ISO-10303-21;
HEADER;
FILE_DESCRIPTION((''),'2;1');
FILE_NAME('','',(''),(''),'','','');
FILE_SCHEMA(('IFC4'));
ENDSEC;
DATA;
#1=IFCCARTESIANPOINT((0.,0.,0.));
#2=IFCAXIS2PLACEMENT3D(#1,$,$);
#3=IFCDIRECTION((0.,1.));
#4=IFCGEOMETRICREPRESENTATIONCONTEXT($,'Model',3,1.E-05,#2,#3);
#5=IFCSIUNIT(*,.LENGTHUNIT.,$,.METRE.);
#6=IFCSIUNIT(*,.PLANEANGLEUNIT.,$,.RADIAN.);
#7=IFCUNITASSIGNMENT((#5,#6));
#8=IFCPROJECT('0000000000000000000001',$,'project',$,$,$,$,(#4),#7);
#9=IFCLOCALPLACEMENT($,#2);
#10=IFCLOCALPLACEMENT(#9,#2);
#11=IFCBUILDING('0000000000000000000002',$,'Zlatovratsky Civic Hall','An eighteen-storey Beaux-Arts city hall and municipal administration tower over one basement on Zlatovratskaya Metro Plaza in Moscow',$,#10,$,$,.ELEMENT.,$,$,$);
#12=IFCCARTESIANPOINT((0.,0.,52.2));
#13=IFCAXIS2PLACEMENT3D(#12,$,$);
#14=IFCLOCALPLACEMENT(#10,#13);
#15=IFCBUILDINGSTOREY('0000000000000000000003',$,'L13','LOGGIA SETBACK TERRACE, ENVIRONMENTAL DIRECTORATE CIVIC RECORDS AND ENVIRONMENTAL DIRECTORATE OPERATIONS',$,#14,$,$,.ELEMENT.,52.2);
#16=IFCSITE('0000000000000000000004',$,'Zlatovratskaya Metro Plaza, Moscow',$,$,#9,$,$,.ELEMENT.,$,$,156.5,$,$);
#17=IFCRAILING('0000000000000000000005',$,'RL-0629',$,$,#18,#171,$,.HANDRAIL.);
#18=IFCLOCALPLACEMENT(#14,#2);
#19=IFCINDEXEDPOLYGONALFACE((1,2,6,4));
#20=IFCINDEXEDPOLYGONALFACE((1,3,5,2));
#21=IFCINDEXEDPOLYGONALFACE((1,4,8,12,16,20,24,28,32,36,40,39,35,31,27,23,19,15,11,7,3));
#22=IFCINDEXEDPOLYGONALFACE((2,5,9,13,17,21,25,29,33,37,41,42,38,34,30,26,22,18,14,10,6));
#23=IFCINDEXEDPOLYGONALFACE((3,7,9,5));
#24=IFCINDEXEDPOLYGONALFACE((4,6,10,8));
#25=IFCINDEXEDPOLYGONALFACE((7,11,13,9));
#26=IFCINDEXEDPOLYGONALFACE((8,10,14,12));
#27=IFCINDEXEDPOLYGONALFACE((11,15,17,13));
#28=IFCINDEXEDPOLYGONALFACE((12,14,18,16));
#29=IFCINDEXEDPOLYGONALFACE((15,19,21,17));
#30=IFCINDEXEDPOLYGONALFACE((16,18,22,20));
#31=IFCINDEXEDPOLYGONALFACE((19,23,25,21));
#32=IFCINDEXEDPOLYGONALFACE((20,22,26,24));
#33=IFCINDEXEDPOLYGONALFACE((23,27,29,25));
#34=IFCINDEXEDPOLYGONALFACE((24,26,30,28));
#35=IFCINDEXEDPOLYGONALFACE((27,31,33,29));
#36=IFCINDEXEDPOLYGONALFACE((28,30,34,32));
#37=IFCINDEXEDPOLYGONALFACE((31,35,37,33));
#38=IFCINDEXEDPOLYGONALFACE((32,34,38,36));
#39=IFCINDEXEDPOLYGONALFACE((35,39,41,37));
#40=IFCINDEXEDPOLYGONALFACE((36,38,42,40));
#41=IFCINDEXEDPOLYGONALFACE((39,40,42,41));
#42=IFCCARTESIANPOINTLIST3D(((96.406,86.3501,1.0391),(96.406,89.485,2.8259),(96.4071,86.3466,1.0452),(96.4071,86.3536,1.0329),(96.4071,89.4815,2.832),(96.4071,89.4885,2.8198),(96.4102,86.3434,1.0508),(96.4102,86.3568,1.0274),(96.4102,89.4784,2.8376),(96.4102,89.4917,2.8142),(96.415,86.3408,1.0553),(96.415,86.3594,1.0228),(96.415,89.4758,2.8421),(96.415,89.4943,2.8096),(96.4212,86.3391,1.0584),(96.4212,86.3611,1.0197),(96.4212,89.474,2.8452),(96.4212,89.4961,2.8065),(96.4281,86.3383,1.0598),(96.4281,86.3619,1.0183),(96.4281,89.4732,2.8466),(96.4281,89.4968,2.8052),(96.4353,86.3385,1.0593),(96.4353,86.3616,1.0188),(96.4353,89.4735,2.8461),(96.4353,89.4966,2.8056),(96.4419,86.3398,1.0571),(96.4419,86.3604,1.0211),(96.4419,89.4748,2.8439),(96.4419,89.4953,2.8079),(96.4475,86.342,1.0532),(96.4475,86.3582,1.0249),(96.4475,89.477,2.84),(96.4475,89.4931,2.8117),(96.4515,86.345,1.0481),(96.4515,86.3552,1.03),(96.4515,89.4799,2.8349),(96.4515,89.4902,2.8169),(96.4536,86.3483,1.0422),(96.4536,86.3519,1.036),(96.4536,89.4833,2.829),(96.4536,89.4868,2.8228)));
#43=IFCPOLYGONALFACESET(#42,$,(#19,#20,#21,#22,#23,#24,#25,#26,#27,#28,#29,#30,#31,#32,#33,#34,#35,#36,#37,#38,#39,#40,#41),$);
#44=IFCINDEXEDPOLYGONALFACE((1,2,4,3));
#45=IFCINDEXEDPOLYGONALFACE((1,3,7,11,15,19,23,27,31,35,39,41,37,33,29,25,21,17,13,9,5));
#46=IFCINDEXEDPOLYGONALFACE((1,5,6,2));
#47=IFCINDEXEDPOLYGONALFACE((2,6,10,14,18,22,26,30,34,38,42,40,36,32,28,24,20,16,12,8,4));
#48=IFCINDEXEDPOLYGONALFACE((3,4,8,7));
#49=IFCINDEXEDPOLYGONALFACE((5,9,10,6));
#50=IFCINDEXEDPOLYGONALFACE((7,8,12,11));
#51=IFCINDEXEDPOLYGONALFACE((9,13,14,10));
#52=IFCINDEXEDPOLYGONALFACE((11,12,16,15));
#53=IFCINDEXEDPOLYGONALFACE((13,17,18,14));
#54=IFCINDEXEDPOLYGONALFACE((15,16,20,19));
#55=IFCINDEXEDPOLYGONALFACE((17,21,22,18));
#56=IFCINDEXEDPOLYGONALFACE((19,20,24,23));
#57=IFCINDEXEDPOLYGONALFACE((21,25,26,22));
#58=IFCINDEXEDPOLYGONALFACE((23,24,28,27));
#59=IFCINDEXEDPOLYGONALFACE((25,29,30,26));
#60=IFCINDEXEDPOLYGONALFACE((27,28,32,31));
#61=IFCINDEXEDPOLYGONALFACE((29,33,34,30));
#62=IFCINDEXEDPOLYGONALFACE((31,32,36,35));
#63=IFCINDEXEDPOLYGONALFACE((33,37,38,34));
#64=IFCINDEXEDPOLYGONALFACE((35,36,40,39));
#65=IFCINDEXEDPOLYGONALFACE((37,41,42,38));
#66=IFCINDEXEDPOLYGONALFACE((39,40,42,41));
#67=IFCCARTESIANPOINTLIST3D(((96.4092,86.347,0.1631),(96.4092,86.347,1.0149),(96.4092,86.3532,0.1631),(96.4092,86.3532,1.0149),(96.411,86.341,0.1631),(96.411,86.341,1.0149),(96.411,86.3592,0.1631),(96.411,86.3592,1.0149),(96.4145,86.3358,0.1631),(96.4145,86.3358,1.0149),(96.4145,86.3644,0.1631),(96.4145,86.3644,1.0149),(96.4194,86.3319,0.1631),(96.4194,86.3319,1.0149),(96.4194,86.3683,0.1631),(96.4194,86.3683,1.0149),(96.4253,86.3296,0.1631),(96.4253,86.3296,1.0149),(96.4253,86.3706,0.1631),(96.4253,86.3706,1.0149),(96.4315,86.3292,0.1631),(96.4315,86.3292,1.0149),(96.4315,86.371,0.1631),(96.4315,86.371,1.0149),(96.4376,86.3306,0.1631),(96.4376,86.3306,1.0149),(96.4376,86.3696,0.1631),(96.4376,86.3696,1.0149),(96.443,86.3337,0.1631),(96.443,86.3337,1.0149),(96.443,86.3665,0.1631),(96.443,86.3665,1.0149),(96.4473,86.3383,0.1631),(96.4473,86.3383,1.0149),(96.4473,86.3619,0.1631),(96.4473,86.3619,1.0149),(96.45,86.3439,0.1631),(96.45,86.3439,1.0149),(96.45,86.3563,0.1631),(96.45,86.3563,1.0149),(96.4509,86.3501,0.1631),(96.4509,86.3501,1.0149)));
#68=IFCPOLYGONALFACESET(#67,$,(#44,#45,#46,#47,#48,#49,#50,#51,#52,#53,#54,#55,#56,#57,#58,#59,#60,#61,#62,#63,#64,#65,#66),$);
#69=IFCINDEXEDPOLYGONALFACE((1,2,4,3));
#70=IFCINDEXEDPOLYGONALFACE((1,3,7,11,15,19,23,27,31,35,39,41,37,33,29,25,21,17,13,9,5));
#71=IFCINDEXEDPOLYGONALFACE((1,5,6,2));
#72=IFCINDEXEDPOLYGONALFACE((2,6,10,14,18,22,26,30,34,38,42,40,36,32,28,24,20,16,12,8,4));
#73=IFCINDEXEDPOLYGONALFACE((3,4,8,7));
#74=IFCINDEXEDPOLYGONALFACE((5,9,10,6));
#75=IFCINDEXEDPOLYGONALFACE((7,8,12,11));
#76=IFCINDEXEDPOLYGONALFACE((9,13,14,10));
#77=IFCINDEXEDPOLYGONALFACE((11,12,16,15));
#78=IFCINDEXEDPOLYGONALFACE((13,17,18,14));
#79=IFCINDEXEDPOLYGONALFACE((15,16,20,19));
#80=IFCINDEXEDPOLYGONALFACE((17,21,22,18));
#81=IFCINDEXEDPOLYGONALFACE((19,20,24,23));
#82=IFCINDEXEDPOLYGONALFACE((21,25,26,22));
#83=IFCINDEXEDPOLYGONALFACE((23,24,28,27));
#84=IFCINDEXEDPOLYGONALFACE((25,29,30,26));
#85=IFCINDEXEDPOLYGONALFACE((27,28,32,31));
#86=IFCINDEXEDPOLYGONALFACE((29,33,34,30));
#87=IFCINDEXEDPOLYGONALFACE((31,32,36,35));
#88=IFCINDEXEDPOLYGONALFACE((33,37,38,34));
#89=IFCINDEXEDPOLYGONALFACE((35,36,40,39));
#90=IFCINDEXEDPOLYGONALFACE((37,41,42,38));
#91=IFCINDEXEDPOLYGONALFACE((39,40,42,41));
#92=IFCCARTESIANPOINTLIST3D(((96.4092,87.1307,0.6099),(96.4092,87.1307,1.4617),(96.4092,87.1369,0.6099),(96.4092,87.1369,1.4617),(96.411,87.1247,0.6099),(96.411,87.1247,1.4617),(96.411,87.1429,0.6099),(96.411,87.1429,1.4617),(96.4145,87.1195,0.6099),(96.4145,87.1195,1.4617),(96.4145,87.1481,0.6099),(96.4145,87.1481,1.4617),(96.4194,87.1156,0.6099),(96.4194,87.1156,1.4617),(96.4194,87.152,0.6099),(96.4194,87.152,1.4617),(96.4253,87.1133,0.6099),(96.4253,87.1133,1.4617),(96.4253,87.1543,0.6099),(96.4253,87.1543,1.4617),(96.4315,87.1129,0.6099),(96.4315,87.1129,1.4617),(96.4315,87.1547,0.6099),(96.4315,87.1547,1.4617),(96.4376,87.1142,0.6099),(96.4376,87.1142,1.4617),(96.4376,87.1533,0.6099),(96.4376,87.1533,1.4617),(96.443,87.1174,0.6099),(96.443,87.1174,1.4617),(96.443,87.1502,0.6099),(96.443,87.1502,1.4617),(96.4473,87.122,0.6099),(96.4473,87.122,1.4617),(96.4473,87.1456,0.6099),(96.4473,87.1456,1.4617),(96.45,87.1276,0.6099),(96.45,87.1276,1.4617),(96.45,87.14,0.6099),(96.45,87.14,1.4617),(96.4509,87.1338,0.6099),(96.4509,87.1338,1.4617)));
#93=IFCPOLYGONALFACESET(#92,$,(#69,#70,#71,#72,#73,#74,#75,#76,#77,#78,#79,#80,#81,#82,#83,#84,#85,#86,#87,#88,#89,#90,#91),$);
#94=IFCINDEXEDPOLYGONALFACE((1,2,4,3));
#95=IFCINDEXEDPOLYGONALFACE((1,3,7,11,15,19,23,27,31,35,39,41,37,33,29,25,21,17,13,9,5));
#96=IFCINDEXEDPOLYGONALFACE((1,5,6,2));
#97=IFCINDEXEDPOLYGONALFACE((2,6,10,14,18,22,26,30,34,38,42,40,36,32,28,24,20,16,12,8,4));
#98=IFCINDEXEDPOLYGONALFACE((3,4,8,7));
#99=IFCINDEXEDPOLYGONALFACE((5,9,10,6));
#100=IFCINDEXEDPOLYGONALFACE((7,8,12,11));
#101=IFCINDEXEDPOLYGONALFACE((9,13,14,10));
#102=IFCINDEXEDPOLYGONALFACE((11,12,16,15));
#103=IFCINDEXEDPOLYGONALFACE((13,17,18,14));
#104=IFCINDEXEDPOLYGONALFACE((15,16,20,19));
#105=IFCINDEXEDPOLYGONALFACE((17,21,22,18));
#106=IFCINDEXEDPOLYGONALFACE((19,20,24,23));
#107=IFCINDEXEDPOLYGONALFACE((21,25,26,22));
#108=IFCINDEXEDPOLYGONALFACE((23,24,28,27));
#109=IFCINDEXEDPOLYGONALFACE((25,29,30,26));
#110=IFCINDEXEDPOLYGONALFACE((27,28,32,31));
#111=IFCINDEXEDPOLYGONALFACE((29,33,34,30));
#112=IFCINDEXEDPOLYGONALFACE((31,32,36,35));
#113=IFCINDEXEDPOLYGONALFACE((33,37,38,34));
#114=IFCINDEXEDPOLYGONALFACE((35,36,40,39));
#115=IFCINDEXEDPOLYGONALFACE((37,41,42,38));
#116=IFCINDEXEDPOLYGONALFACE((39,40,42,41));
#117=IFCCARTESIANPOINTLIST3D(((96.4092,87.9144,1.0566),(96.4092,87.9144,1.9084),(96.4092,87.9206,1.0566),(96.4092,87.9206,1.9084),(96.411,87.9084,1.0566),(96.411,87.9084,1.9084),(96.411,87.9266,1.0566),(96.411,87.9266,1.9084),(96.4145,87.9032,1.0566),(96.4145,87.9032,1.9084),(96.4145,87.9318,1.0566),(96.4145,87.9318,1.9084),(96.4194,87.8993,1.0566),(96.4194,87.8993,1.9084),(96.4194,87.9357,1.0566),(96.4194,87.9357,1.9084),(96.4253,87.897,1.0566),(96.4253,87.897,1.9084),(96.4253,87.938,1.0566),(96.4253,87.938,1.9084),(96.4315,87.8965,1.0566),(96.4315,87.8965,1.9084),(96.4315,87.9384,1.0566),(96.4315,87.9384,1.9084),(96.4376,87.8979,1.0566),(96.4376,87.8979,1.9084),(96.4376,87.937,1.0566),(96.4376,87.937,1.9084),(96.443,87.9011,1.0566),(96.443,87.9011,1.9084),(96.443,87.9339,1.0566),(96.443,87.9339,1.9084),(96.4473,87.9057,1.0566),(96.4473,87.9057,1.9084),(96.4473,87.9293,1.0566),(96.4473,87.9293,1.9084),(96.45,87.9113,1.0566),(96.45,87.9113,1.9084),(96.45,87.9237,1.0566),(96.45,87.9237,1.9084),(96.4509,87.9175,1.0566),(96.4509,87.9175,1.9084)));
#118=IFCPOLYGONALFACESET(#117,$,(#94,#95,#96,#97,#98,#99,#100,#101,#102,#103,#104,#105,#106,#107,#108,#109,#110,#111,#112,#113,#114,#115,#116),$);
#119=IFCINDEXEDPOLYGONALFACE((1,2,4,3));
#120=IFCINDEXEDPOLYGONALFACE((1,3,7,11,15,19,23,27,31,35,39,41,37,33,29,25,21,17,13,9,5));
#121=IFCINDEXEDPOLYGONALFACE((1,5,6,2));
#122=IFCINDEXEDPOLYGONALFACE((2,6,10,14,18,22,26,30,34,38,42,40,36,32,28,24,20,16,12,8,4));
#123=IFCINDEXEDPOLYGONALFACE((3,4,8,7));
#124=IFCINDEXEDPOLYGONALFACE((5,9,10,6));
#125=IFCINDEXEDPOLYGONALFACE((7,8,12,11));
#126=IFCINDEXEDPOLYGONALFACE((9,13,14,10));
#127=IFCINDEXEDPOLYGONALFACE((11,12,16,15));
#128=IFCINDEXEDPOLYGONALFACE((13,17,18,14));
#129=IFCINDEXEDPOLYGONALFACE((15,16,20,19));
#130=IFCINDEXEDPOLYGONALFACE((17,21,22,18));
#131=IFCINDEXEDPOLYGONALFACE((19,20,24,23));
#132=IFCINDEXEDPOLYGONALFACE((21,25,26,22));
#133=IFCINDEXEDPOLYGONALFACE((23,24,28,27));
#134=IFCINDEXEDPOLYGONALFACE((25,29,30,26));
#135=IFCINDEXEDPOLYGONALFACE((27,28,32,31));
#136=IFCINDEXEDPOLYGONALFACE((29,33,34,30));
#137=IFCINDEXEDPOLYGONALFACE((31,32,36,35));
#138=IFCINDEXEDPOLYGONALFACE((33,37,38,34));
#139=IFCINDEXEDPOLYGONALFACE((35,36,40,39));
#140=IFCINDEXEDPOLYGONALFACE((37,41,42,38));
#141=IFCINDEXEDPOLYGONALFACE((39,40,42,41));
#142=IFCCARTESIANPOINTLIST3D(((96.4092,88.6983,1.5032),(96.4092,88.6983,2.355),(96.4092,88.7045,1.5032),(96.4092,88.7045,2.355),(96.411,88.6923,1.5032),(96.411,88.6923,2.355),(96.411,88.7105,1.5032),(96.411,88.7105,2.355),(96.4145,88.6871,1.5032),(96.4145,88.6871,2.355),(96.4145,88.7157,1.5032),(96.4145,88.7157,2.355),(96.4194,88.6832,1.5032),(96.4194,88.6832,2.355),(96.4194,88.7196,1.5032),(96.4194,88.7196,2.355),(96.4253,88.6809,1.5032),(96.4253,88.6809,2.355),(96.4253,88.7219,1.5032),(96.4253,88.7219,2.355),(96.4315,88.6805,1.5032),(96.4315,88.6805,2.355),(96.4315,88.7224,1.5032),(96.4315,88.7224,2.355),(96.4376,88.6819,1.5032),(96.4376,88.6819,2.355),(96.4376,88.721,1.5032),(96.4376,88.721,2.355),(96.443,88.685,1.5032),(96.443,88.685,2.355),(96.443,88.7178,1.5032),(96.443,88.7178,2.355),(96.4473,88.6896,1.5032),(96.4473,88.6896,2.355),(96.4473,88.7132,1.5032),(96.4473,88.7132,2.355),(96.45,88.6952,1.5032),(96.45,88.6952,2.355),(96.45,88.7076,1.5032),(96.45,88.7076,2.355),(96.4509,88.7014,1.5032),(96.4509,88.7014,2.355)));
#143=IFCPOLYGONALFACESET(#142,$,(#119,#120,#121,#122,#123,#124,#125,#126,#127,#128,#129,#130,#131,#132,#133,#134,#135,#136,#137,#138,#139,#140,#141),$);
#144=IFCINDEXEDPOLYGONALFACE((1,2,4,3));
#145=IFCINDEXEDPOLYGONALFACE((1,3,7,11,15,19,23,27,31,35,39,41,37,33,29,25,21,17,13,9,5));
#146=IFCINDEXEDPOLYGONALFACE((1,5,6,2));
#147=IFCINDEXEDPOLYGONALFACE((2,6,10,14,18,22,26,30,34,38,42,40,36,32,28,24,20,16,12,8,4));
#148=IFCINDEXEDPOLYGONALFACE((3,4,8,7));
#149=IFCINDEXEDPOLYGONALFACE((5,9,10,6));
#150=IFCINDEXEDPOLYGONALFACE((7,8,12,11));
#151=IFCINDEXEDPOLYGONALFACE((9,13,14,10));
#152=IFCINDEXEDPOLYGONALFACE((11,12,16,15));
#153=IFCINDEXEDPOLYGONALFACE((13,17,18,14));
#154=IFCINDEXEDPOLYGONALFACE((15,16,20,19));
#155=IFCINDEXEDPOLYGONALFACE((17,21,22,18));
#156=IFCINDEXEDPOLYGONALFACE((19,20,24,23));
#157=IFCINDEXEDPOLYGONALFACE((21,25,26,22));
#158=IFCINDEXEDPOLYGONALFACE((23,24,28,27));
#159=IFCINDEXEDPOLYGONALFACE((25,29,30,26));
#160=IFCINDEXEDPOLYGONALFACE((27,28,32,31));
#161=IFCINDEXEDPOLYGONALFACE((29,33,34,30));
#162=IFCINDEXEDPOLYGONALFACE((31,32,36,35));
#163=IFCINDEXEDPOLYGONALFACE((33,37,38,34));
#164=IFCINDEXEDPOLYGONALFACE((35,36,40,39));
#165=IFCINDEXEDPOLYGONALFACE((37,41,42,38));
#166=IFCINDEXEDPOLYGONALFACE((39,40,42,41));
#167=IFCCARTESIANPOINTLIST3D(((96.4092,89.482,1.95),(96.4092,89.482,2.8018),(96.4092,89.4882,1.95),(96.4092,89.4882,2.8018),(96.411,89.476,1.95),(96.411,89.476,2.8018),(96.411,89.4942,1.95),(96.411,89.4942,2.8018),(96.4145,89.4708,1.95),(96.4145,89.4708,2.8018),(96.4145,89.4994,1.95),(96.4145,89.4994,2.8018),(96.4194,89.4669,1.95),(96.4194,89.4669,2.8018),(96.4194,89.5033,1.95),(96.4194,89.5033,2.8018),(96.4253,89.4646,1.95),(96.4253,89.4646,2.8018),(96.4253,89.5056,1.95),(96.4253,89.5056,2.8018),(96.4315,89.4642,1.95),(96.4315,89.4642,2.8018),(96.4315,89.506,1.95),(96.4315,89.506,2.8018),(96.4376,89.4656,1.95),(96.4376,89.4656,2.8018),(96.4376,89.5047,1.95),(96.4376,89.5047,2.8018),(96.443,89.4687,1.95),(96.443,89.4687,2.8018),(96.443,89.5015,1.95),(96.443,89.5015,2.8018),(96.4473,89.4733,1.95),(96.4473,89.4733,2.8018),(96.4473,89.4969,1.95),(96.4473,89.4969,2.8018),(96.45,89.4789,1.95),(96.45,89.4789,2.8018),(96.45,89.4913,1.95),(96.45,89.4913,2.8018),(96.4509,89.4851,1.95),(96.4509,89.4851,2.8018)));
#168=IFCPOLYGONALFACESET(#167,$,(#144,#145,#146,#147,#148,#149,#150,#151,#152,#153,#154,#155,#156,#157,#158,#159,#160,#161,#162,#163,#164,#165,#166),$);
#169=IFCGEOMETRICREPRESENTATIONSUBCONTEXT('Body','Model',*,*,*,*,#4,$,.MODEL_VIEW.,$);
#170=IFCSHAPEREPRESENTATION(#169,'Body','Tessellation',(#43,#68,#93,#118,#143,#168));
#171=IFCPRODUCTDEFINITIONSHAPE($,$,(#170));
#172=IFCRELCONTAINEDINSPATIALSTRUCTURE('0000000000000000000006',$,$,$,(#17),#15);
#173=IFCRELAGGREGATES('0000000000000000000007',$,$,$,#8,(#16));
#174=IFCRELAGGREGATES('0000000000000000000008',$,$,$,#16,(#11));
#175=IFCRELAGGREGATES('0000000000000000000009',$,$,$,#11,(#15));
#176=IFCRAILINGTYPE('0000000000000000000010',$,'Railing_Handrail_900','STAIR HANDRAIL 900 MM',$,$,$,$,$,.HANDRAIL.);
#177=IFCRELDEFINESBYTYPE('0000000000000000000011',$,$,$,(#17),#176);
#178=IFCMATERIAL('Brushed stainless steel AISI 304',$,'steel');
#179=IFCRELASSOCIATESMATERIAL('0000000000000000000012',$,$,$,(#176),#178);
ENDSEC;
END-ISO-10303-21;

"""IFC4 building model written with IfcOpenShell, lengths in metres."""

from ifc_helpers import new_model, si_unit, direction, frame, origin, origin_2d, place, context, subcontext, project, spatial, circle, extrude, material, type_object, element, save


model = new_model("IFC4")

# Units and contexts
model_context = context("Model", 3, precision=1e-05, world=origin(), true_north=direction((0.0, 1.0)))
body_context = subcontext(model_context, "Body", "Model", "MODEL_VIEW")
ifc_project = project(units=[si_unit("LENGTHUNIT", "METRE"), si_unit("PLANEANGLEUNIT", "RADIAN")], contexts=[model_context])

# Site, building, storey
site_placement = place(None, origin())
site = spatial("IfcSite", under=ifc_project, at=site_placement, Name="Zlatovratskaya Metro Plaza, Moscow", CompositionType="ELEMENT", RefElevation=156.5)
building_placement = place(site_placement, origin())
building = spatial("IfcBuilding", under=site, at=building_placement, Name="Zlatovratsky Civic Hall", Description="An eighteen-storey Beaux-Arts city hall and municipal administration tower over one basement on Zlatovratskaya Metro Plaza in Moscow", CompositionType="ELEMENT")
storey_placement = place(building_placement, frame((0.0, 0.0, 52.2)))
storey = spatial("IfcBuildingStorey", under=building, at=storey_placement, Name="L13", Description="LOGGIA SETBACK TERRACE, ENVIRONMENTAL DIRECTORATE CIVIC RECORDS AND ENVIRONMENTAL DIRECTORATE OPERATIONS", CompositionType="ELEMENT", Elevation=52.2)

# Railing
ifc_material_1 = material(Name="Brushed stainless steel AISI 304", Category="steel")
railing_type_1 = type_object("IfcRailingType", Name="Railing_Handrail_900", Description="STAIR HANDRAIL 900 MM", PredefinedType="HANDRAIL", material=ifc_material_1)
railing_1_placement = place(storey_placement, frame((96.4299, 86.3501, 0.1631)))
element("IfcRailing", 1, at=railing_1_placement, inside=storey, type_object=railing_type_1, Name="RL-0629", PredefinedType="HANDRAIL", context=body_context, shape_type="SweptSolid", body=[
    extrude(circle(Radius=0.0239, at=origin_2d()), frame((0.0, 0.0, 0.876), z_axis=(0.0, 0.868788, 0.495184), x_axis=(-1.0, 0.0, 0.0)), (0.0, 0.0, 1.0), 3.6084),
    extrude(circle(Radius=0.021, at=origin_2d()), origin(), (0.0, 0.0, 1.0), 0.8518),
    extrude(circle(Radius=0.021, at=origin_2d()), frame((0.0, 0.7837, 0.4468)), (0.0, 0.0, 1.0), 0.8518),
    extrude(circle(Radius=0.021, at=origin_2d()), frame((0.0, 1.5674, 0.8936)), (0.0, 0.0, 1.0), 0.8518),
    extrude(circle(Radius=0.021, at=origin_2d()), frame((0.0, 2.3513, 1.3401)), (0.0, 0.0, 1.0), 0.8518),
    extrude(circle(Radius=0.021, at=origin_2d()), frame((0.0, 3.135, 1.7869)), (0.0, 0.0, 1.0), 0.8518),
])

save(model, "model.ifc")
